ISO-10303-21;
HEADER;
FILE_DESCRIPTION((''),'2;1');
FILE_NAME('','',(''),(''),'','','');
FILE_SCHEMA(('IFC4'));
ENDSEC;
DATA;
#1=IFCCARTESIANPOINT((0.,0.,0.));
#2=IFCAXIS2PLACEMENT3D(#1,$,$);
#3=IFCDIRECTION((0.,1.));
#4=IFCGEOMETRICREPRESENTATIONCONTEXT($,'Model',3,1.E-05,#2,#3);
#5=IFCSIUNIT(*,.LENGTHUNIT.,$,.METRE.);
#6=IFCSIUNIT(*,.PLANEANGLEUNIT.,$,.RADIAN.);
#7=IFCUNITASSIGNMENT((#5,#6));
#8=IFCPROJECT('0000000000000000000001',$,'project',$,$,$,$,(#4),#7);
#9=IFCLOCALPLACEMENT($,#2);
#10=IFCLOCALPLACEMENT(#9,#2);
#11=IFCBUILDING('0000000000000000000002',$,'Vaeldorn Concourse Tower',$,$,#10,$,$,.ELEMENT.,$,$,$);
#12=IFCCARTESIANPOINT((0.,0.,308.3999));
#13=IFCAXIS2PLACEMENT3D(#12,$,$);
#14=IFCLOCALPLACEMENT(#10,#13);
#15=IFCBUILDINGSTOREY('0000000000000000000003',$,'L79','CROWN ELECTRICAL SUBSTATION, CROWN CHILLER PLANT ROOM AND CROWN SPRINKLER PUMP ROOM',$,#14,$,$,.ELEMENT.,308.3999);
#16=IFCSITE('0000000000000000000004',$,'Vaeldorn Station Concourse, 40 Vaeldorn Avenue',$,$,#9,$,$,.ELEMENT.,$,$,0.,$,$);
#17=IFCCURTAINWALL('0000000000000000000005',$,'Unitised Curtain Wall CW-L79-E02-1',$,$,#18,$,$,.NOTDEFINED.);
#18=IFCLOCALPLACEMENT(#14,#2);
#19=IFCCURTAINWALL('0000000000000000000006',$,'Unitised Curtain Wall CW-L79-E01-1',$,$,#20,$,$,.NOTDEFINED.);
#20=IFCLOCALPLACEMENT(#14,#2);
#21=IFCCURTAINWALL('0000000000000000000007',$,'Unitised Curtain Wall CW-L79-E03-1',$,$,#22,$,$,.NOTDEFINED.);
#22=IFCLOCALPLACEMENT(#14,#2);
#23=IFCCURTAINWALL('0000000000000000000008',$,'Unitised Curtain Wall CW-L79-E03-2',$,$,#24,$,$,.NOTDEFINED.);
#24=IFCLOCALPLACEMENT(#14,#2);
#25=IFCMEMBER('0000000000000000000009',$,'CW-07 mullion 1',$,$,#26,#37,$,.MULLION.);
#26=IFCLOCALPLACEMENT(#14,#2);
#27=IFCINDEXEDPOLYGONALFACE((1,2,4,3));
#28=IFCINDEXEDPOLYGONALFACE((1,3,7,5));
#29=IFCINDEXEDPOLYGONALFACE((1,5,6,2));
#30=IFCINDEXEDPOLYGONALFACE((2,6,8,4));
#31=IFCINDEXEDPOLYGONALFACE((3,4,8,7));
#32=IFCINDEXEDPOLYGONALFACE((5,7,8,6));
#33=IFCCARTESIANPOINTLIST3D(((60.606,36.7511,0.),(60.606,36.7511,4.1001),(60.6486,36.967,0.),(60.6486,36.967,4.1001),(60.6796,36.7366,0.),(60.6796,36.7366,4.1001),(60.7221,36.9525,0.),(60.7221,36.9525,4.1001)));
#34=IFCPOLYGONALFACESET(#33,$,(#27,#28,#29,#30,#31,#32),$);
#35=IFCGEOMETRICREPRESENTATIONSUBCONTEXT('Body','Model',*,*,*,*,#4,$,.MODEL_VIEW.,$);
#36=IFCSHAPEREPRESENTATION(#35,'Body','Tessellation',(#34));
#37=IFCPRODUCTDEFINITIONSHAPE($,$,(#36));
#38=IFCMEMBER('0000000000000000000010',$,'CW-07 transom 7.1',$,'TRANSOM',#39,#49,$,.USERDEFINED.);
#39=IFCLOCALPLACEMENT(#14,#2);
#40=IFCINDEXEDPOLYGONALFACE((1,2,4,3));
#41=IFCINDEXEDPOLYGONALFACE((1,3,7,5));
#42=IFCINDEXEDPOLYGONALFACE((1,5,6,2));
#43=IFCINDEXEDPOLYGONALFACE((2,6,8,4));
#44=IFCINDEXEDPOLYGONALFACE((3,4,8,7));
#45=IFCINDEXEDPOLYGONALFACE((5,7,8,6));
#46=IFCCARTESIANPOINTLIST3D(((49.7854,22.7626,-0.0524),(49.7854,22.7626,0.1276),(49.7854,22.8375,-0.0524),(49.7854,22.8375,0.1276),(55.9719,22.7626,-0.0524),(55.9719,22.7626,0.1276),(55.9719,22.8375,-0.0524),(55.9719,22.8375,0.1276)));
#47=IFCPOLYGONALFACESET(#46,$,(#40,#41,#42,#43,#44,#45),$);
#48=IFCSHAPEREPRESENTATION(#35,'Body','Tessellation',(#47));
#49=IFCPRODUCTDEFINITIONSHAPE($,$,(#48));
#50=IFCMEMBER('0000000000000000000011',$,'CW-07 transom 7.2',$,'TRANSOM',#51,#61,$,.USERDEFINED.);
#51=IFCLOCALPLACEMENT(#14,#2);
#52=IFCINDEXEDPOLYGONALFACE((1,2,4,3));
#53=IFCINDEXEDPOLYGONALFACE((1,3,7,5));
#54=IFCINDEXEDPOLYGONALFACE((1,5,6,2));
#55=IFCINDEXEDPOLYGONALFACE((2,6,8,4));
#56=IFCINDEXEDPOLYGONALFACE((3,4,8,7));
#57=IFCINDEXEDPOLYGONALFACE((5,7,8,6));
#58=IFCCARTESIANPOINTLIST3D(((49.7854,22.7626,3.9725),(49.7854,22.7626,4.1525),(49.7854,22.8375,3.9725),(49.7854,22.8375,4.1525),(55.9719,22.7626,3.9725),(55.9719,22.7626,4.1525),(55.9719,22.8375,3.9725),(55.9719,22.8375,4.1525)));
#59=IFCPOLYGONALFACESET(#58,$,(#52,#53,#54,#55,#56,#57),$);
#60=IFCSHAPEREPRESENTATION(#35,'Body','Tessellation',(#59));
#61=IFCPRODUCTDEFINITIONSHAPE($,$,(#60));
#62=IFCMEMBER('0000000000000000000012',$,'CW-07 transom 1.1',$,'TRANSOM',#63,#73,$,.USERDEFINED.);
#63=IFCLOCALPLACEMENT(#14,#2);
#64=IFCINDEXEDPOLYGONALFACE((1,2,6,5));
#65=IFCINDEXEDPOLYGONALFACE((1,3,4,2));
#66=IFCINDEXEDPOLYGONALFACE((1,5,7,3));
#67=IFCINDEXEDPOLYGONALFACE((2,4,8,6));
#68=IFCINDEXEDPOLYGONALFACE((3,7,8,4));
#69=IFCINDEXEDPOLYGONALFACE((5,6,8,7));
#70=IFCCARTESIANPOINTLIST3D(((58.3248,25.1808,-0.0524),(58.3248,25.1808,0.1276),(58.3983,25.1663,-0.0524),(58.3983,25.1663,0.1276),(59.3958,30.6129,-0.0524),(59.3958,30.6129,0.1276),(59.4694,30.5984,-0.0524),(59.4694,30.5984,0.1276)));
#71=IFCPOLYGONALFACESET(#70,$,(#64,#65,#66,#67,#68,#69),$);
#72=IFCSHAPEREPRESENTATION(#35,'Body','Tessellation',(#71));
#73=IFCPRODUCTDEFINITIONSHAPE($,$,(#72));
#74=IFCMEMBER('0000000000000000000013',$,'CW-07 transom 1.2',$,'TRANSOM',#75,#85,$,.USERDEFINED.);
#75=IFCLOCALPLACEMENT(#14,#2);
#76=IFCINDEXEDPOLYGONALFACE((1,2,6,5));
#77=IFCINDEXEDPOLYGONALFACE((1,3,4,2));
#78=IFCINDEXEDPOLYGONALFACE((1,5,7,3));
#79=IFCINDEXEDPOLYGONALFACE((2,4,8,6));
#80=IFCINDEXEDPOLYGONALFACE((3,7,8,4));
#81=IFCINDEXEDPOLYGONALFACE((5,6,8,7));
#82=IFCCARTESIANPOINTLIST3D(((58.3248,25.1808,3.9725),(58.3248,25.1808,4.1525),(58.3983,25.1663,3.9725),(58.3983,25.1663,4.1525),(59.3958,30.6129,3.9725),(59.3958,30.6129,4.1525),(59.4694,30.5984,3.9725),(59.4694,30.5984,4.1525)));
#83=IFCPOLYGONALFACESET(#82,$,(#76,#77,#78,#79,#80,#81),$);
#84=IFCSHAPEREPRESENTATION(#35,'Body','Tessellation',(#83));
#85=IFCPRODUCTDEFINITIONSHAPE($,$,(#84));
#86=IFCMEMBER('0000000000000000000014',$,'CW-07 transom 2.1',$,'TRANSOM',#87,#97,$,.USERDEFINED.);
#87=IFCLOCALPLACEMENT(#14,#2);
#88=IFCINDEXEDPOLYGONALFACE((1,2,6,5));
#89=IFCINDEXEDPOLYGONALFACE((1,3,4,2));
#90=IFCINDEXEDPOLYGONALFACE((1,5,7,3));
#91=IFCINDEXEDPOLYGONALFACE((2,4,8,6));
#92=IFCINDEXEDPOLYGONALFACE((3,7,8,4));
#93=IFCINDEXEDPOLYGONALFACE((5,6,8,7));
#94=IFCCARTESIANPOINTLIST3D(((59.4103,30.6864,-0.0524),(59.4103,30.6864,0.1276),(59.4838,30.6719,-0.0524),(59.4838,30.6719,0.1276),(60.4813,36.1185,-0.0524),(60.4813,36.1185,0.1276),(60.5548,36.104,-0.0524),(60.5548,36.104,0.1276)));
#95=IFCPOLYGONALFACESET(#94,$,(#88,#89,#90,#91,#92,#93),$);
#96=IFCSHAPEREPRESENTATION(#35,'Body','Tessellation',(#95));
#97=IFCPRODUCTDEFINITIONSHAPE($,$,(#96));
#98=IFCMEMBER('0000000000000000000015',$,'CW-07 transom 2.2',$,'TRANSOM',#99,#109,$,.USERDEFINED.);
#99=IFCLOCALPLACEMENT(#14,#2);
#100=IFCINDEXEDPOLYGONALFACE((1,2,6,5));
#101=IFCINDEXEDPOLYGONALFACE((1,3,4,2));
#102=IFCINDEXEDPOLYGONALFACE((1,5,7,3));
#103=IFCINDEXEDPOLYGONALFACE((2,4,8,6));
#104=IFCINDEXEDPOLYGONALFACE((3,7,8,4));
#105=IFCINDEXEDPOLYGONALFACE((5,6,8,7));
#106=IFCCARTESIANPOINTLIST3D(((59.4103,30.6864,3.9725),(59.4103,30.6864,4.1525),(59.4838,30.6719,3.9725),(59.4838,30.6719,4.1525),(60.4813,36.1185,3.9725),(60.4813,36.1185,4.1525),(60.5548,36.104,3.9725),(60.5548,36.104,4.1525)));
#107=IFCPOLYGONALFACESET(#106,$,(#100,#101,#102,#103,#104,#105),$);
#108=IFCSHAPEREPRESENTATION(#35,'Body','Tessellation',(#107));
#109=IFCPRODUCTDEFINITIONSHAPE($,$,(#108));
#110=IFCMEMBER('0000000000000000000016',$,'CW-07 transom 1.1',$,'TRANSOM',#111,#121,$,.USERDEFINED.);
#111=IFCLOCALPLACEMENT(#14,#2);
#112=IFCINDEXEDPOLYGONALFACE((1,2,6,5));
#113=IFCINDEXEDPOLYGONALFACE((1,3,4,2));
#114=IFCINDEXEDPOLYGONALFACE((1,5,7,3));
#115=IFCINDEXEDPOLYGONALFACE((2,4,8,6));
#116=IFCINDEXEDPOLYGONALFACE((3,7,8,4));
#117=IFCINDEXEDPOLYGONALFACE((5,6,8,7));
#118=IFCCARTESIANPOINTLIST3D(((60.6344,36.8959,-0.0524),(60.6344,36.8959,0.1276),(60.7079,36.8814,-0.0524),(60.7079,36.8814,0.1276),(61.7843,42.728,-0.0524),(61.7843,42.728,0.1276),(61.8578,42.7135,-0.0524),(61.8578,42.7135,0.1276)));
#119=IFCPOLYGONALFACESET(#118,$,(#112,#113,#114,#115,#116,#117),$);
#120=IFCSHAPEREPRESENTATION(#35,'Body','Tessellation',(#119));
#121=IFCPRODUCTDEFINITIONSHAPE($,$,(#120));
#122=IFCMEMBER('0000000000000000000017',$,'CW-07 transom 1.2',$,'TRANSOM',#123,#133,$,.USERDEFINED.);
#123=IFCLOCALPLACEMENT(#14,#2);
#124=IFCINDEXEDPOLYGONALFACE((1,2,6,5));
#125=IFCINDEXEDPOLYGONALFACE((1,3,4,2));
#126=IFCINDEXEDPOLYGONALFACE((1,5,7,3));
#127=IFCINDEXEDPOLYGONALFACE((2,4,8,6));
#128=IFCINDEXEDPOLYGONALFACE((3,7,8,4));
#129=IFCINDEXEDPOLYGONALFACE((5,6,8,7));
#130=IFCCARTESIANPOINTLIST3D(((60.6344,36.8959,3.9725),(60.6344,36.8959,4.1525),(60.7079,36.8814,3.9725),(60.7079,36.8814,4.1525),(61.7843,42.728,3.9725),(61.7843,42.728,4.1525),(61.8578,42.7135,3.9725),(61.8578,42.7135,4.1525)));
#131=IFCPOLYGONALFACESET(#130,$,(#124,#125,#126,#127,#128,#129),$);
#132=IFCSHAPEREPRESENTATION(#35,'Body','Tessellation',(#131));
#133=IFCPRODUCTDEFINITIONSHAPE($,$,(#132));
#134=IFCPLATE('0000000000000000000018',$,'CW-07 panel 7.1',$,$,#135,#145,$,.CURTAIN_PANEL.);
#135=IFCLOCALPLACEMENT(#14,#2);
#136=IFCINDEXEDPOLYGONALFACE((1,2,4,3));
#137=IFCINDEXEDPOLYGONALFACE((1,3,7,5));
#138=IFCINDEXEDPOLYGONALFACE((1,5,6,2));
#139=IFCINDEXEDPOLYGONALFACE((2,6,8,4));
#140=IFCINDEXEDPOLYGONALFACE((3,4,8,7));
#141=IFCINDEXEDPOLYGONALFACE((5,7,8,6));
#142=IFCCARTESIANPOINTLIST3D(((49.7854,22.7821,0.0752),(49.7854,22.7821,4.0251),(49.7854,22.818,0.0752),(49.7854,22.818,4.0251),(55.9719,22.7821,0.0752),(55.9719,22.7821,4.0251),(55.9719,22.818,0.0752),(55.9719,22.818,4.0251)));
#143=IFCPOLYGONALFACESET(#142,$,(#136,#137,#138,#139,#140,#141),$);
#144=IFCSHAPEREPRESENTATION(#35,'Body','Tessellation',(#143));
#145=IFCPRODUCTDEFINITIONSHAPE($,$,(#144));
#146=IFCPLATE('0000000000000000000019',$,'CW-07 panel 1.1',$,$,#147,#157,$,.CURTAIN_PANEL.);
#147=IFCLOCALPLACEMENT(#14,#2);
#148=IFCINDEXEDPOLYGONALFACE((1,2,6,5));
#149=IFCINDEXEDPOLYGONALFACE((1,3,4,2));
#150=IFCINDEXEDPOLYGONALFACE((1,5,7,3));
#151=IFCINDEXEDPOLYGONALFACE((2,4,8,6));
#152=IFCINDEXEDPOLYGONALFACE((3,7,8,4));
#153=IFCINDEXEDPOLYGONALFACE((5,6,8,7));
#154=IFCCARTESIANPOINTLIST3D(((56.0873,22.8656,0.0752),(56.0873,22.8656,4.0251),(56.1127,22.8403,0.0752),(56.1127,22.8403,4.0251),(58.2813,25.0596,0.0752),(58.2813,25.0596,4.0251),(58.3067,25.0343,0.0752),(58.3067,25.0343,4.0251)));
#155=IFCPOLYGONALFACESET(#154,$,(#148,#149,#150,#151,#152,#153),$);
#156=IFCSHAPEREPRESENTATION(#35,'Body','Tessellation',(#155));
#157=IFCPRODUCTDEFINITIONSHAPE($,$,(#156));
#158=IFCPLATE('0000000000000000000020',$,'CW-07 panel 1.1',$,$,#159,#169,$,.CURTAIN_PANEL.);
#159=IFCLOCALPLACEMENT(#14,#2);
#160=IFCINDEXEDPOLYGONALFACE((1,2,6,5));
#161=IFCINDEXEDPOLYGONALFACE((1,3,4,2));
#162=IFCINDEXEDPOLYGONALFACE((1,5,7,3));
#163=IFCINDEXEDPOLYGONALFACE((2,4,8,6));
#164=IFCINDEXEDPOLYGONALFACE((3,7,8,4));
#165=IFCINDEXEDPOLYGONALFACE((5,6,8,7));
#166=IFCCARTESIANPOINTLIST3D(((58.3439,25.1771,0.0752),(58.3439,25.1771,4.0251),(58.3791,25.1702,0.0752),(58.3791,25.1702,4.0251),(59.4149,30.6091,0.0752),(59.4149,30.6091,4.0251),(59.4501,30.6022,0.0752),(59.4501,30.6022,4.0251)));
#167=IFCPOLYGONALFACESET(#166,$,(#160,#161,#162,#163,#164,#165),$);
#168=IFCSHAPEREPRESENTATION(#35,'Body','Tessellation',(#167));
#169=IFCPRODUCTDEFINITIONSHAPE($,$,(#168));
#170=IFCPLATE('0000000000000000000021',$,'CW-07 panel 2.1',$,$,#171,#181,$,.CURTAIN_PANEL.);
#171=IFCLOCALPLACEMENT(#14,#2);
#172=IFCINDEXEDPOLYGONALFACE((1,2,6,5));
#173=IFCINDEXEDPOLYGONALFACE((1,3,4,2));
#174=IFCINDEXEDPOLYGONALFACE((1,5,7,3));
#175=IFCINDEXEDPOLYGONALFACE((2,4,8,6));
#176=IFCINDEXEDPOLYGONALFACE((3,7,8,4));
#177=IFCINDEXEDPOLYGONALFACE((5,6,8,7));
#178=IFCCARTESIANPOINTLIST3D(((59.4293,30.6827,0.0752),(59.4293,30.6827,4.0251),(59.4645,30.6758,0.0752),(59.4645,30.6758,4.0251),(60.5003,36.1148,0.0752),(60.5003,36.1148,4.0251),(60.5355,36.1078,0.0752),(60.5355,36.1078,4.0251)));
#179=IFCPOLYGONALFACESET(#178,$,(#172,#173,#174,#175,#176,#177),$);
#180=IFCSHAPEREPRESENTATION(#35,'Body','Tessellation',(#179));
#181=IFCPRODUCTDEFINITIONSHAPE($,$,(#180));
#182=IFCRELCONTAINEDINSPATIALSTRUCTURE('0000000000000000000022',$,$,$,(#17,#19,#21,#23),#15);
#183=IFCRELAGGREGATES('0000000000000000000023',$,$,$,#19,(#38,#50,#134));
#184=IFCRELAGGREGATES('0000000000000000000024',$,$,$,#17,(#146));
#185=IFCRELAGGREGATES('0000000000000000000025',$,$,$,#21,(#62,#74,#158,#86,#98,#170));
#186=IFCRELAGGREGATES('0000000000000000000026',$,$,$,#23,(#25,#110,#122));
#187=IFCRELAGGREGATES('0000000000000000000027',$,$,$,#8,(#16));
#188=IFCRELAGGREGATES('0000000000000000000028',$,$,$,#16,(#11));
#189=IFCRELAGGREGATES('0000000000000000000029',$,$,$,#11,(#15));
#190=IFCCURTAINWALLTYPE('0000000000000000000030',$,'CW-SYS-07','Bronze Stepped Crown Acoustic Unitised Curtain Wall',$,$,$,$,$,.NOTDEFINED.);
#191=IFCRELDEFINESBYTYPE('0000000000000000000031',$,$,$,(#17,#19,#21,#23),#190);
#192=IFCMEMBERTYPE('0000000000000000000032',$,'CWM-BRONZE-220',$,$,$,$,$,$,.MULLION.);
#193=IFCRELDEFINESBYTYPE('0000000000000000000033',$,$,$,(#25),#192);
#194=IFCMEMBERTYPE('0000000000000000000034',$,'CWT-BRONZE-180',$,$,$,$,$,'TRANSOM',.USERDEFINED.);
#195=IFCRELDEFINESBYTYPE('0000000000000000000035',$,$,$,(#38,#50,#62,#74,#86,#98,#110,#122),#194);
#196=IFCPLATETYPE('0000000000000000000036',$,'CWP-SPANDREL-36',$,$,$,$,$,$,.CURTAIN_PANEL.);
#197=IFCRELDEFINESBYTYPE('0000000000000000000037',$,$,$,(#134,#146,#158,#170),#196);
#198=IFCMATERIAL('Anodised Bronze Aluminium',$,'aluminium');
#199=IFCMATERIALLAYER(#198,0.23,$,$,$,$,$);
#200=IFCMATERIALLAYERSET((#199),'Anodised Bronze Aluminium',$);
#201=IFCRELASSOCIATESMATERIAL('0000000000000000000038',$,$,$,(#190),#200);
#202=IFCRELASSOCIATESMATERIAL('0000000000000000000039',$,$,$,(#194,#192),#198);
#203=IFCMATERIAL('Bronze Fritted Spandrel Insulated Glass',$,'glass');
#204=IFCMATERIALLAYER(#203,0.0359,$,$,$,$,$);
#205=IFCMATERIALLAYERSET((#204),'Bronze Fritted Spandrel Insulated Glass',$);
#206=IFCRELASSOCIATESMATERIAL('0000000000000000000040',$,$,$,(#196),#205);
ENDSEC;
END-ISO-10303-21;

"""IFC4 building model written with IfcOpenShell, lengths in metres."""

from ifc_helpers import new_model, si_unit, direction, frame, origin, origin_2d, place, context, subcontext, project, spatial, rectangle, extrude, source, transform, mapped, material, layer, layer_set, material_profile, profile_set, type_object, element, aggregate, save


model = new_model("IFC4")

# Units and contexts
model_context = context("Model", 3, precision=1e-05, world=origin(), true_north=direction((0.0, 1.0)))
body_context = subcontext(model_context, "Body", "Model", "MODEL_VIEW")
ifc_project = project(units=[si_unit("LENGTHUNIT", "METRE"), si_unit("PLANEANGLEUNIT", "RADIAN")], contexts=[model_context])

# Site, building, storey
site_placement = place(None, origin())
site = spatial("IfcSite", under=ifc_project, at=site_placement, Name="Vaeldorn Station Concourse, 40 Vaeldorn Avenue", CompositionType="ELEMENT", RefElevation=0.0)
building_placement = place(site_placement, origin())
building = spatial("IfcBuilding", under=site, at=building_placement, Name="Vaeldorn Concourse Tower", CompositionType="ELEMENT")
storey_placement = place(building_placement, frame((0.0, 0.0, 308.3999)))
storey = spatial("IfcBuildingStorey", under=building, at=storey_placement, Name="L79", Description="CROWN ELECTRICAL SUBSTATION, CROWN CHILLER PLANT ROOM AND CROWN SPRINKLER PUMP ROOM", CompositionType="ELEMENT", Elevation=308.3999)

# Curtain walls
ifc_material_1 = material(Name="Anodised Bronze Aluminium", Category="aluminium")
ifc_layer_1 = layer(ifc_material_1, 0.23)
ifc_layer_set_1 = layer_set([ifc_layer_1], Name="Anodised Bronze Aluminium")
curtain_wall_type = type_object("IfcCurtainWallType", Name="CW-SYS-07", Description="Bronze Stepped Crown Acoustic Unitised Curtain Wall", PredefinedType="NOTDEFINED", material=ifc_layer_set_1)
curtain_wall_1_placement = place(storey_placement, origin())
curtain_wall_1 = element("IfcCurtainWall", 1, at=curtain_wall_1_placement, inside=storey, type_object=curtain_wall_type, Name="Unitised Curtain Wall CW-L79-E02-1", PredefinedType="NOTDEFINED")
ifc_material_profile_1 = material_profile(ifc_material_1, rectangle(XDim=0.075, YDim=0.1799, at=origin_2d()), Name="CWT 75x180")
ifc_profile_set_1 = profile_set([ifc_material_profile_1], Name="Anodised Bronze Aluminium")
member_type_1 = type_object("IfcMemberType", Name="CWT-BRONZE-180", ElementType="TRANSOM", PredefinedType="USERDEFINED", material=ifc_profile_set_1)
curtain_wall_2_placement = place(storey_placement, origin())
curtain_wall_2 = element("IfcCurtainWall", 2, at=curtain_wall_2_placement, inside=storey, type_object=curtain_wall_type, Name="Unitised Curtain Wall CW-L79-E01-1", PredefinedType="NOTDEFINED")
ifc_material_profile_2 = material_profile(ifc_material_1, rectangle(XDim=0.075, YDim=0.22, at=origin_2d()), Name="CWM 75x220")
ifc_profile_set_2 = profile_set([ifc_material_profile_2], Name="Anodised Bronze Aluminium")
member_type_2 = type_object("IfcMemberType", Name="CWM-BRONZE-220", PredefinedType="MULLION", material=ifc_profile_set_2)
shared_shape_1 = source(origin(), body_context, "Body", "SweptSolid", [
    extrude(rectangle(XDim=0.075, YDim=0.22, at=origin_2d()), origin(), (0.0, 0.0, 1.0), 4.1001),
])

# Curtain wall
curtain_wall_3_placement = place(storey_placement, origin())
curtain_wall_3 = element("IfcCurtainWall", 3, at=curtain_wall_3_placement, inside=storey, type_object=curtain_wall_type, Name="Unitised Curtain Wall CW-L79-E03-1", PredefinedType="NOTDEFINED")

# Curtain wall, member
curtain_wall_4_placement = place(storey_placement, origin())
curtain_wall_4 = element("IfcCurtainWall", 4, at=curtain_wall_4_placement, inside=storey, type_object=curtain_wall_type, Name="Unitised Curtain Wall CW-L79-E03-2", PredefinedType="NOTDEFINED")
member_1_placement = place(storey_placement, frame((60.6641, 36.8518, 0.0), z_axis=(0.0, 0.0, 1.0), x_axis=(-0.981112, 0.19344, 0.0)))
member_1 = element("IfcMember", 5, at=member_1_placement, type_object=member_type_2, Name="CW-07 mullion 1", PredefinedType="MULLION", context=body_context, shape_type="MappedRepresentation", body=[
    mapped(shared_shape_1, transform((0.0, 0.0, 0.0), scale=1.0)),
])

# Members
shared_shape_2 = source(origin(), body_context, "Body", "SweptSolid", [
    extrude(rectangle(XDim=0.075, YDim=0.1799, at=origin_2d()), origin(), (0.0, 0.0, 1.0), 6.1865),
])
member_2_placement = place(storey_placement, frame((49.7854, 22.8, 0.0376), z_axis=(1.0, 0.0, 0.0), x_axis=(0.0, 1.0, 0.0)))
member_2 = element("IfcMember", 6, at=member_2_placement, type_object=member_type_1, Name="CW-07 transom 7.1", ObjectType="TRANSOM", PredefinedType="USERDEFINED", context=body_context, shape_type="MappedRepresentation", body=[
    mapped(shared_shape_2, transform((0.0, 0.0, 0.0), scale=1.0)),
])
member_3_placement = place(storey_placement, frame((49.7854, 22.8, 4.0625), z_axis=(1.0, 0.0, 0.0), x_axis=(0.0, 1.0, 0.0)))
member_3 = element("IfcMember", 7, at=member_3_placement, type_object=member_type_1, Name="CW-07 transom 7.2", ObjectType="TRANSOM", PredefinedType="USERDEFINED", context=body_context, shape_type="MappedRepresentation", body=[
    mapped(shared_shape_2, transform((0.0, 0.0, 0.0), scale=1.0)),
])
shared_shape_3 = source(origin(), body_context, "Body", "SweptSolid", [
    extrude(rectangle(XDim=0.075, YDim=0.1799, at=origin_2d()), origin(), (0.0, 0.0, 1.0), 5.5366),
])
member_4_placement = place(storey_placement, frame((58.3616, 25.1736, 0.0376), z_axis=(0.193444, 0.981111, 0.0), x_axis=(-0.981111, 0.193444, 0.0)))
member_4 = element("IfcMember", 8, at=member_4_placement, type_object=member_type_1, Name="CW-07 transom 1.1", ObjectType="TRANSOM", PredefinedType="USERDEFINED", context=body_context, shape_type="MappedRepresentation", body=[
    mapped(shared_shape_3, transform((0.0, 0.0, 0.0), scale=1.0)),
])
member_5_placement = place(storey_placement, frame((58.3616, 25.1736, 4.0625), z_axis=(0.193444, 0.981111, 0.0), x_axis=(-0.981111, 0.193444, 0.0)))
member_5 = element("IfcMember", 9, at=member_5_placement, type_object=member_type_1, Name="CW-07 transom 1.2", ObjectType="TRANSOM", PredefinedType="USERDEFINED", context=body_context, shape_type="MappedRepresentation", body=[
    mapped(shared_shape_3, transform((0.0, 0.0, 0.0), scale=1.0)),
])
member_6_placement = place(storey_placement, frame((59.447, 30.6792, 0.0376), z_axis=(0.193444, 0.981111, 0.0), x_axis=(-0.981111, 0.193444, 0.0)))
member_6 = element("IfcMember", 10, at=member_6_placement, type_object=member_type_1, Name="CW-07 transom 2.1", ObjectType="TRANSOM", PredefinedType="USERDEFINED", context=body_context, shape_type="MappedRepresentation", body=[
    mapped(shared_shape_3, transform((0.0, 0.0, 0.0), scale=1.0)),
])
member_7_placement = place(storey_placement, frame((59.447, 30.6792, 4.0625), z_axis=(0.193444, 0.981111, 0.0), x_axis=(-0.981111, 0.193444, 0.0)))
member_7 = element("IfcMember", 11, at=member_7_placement, type_object=member_type_1, Name="CW-07 transom 2.2", ObjectType="TRANSOM", PredefinedType="USERDEFINED", context=body_context, shape_type="MappedRepresentation", body=[
    mapped(shared_shape_3, transform((0.0, 0.0, 0.0), scale=1.0)),
])
shared_shape_4 = source(origin(), body_context, "Body", "SweptSolid", [
    extrude(rectangle(XDim=0.075, YDim=0.1799, at=origin_2d()), origin(), (0.0, 0.0, 1.0), 5.9443),
])
member_8_placement = place(storey_placement, frame((60.6711, 36.8887, 0.0376), z_axis=(0.193446, 0.981111, 0.0), x_axis=(-0.981111, 0.193446, 0.0)))
member_8 = element("IfcMember", 12, at=member_8_placement, type_object=member_type_1, Name="CW-07 transom 1.1", ObjectType="TRANSOM", PredefinedType="USERDEFINED", context=body_context, shape_type="MappedRepresentation", body=[
    mapped(shared_shape_4, transform((0.0, 0.0, 0.0), scale=1.0)),
])
member_9_placement = place(storey_placement, frame((60.6711, 36.8887, 4.0625), z_axis=(0.193446, 0.981111, 0.0), x_axis=(-0.981111, 0.193446, 0.0)))
member_9 = element("IfcMember", 13, at=member_9_placement, type_object=member_type_1, Name="CW-07 transom 1.2", ObjectType="TRANSOM", PredefinedType="USERDEFINED", context=body_context, shape_type="MappedRepresentation", body=[
    mapped(shared_shape_4, transform((0.0, 0.0, 0.0), scale=1.0)),
])

# Plates
ifc_material_2 = material(Name="Bronze Fritted Spandrel Insulated Glass", Category="glass")
ifc_layer_2 = layer(ifc_material_2, 0.0359)
ifc_layer_set_2 = layer_set([ifc_layer_2], Name="Bronze Fritted Spandrel Insulated Glass")
plate_type = type_object("IfcPlateType", Name="CWP-SPANDREL-36", PredefinedType="CURTAIN_PANEL", material=ifc_layer_set_2)
shared_shape_5 = source(origin(), body_context, "Body", "SweptSolid", [
    extrude(rectangle(XDim=6.1865, YDim=0.0359, at=origin_2d()), origin(), (0.0, 0.0, 1.0), 3.95),
])
plate_1_placement = place(storey_placement, frame((52.8787, 22.8, 0.0752), z_axis=(0.0, 0.0, 1.0), x_axis=(1.0, 0.0, 0.0)))
plate_1 = element("IfcPlate", 14, at=plate_1_placement, type_object=plate_type, Name="CW-07 panel 7.1", PredefinedType="CURTAIN_PANEL", context=body_context, shape_type="MappedRepresentation", body=[
    mapped(shared_shape_5, transform((0.0, 0.0, 0.0), scale=1.0)),
])
aggregate(curtain_wall_2, [member_2, member_3, plate_1])
shared_shape_6 = source(origin(), body_context, "Body", "SweptSolid", [
    extrude(rectangle(XDim=3.1028, YDim=0.0359, at=origin_2d()), origin(), (0.0, 0.0, 1.0), 3.95),
])
plate_2_placement = place(storey_placement, frame((57.197, 23.95, 0.0752), z_axis=(0.0, 0.0, 1.0), x_axis=(0.707107, 0.707107, 0.0)))
plate_2 = element("IfcPlate", 15, at=plate_2_placement, type_object=plate_type, Name="CW-07 panel 1.1", PredefinedType="CURTAIN_PANEL", context=body_context, shape_type="MappedRepresentation", body=[
    mapped(shared_shape_6, transform((0.0, 0.0, 0.0), scale=1.0)),
])
aggregate(curtain_wall_1, [plate_2])
shared_shape_7 = source(origin(), body_context, "Body", "SweptSolid", [
    extrude(rectangle(XDim=5.5366, YDim=0.0359, at=origin_2d()), origin(), (0.0, 0.0, 1.0), 3.95),
])
plate_3_placement = place(storey_placement, frame((58.897, 27.8896, 0.0752), z_axis=(0.0, 0.0, 1.0), x_axis=(0.193435, 0.981113, 0.0)))
plate_3 = element("IfcPlate", 16, at=plate_3_placement, type_object=plate_type, Name="CW-07 panel 1.1", PredefinedType="CURTAIN_PANEL", context=body_context, shape_type="MappedRepresentation", body=[
    mapped(shared_shape_7, transform((0.0, 0.0, 0.0), scale=1.0)),
])
plate_4_placement = place(storey_placement, frame((59.9824, 33.3953, 0.0752), z_axis=(0.0, 0.0, 1.0), x_axis=(0.193435, 0.981113, 0.0)))
plate_4 = element("IfcPlate", 17, at=plate_4_placement, type_object=plate_type, Name="CW-07 panel 2.1", PredefinedType="CURTAIN_PANEL", context=body_context, shape_type="MappedRepresentation", body=[
    mapped(shared_shape_7, transform((0.0, 0.0, 0.0), scale=1.0)),
])
aggregate(curtain_wall_3, [member_4, member_5, plate_3, member_6, member_7, plate_4])
aggregate(curtain_wall_4, [member_1, member_8, member_9])

save(model, "model.ifc")
